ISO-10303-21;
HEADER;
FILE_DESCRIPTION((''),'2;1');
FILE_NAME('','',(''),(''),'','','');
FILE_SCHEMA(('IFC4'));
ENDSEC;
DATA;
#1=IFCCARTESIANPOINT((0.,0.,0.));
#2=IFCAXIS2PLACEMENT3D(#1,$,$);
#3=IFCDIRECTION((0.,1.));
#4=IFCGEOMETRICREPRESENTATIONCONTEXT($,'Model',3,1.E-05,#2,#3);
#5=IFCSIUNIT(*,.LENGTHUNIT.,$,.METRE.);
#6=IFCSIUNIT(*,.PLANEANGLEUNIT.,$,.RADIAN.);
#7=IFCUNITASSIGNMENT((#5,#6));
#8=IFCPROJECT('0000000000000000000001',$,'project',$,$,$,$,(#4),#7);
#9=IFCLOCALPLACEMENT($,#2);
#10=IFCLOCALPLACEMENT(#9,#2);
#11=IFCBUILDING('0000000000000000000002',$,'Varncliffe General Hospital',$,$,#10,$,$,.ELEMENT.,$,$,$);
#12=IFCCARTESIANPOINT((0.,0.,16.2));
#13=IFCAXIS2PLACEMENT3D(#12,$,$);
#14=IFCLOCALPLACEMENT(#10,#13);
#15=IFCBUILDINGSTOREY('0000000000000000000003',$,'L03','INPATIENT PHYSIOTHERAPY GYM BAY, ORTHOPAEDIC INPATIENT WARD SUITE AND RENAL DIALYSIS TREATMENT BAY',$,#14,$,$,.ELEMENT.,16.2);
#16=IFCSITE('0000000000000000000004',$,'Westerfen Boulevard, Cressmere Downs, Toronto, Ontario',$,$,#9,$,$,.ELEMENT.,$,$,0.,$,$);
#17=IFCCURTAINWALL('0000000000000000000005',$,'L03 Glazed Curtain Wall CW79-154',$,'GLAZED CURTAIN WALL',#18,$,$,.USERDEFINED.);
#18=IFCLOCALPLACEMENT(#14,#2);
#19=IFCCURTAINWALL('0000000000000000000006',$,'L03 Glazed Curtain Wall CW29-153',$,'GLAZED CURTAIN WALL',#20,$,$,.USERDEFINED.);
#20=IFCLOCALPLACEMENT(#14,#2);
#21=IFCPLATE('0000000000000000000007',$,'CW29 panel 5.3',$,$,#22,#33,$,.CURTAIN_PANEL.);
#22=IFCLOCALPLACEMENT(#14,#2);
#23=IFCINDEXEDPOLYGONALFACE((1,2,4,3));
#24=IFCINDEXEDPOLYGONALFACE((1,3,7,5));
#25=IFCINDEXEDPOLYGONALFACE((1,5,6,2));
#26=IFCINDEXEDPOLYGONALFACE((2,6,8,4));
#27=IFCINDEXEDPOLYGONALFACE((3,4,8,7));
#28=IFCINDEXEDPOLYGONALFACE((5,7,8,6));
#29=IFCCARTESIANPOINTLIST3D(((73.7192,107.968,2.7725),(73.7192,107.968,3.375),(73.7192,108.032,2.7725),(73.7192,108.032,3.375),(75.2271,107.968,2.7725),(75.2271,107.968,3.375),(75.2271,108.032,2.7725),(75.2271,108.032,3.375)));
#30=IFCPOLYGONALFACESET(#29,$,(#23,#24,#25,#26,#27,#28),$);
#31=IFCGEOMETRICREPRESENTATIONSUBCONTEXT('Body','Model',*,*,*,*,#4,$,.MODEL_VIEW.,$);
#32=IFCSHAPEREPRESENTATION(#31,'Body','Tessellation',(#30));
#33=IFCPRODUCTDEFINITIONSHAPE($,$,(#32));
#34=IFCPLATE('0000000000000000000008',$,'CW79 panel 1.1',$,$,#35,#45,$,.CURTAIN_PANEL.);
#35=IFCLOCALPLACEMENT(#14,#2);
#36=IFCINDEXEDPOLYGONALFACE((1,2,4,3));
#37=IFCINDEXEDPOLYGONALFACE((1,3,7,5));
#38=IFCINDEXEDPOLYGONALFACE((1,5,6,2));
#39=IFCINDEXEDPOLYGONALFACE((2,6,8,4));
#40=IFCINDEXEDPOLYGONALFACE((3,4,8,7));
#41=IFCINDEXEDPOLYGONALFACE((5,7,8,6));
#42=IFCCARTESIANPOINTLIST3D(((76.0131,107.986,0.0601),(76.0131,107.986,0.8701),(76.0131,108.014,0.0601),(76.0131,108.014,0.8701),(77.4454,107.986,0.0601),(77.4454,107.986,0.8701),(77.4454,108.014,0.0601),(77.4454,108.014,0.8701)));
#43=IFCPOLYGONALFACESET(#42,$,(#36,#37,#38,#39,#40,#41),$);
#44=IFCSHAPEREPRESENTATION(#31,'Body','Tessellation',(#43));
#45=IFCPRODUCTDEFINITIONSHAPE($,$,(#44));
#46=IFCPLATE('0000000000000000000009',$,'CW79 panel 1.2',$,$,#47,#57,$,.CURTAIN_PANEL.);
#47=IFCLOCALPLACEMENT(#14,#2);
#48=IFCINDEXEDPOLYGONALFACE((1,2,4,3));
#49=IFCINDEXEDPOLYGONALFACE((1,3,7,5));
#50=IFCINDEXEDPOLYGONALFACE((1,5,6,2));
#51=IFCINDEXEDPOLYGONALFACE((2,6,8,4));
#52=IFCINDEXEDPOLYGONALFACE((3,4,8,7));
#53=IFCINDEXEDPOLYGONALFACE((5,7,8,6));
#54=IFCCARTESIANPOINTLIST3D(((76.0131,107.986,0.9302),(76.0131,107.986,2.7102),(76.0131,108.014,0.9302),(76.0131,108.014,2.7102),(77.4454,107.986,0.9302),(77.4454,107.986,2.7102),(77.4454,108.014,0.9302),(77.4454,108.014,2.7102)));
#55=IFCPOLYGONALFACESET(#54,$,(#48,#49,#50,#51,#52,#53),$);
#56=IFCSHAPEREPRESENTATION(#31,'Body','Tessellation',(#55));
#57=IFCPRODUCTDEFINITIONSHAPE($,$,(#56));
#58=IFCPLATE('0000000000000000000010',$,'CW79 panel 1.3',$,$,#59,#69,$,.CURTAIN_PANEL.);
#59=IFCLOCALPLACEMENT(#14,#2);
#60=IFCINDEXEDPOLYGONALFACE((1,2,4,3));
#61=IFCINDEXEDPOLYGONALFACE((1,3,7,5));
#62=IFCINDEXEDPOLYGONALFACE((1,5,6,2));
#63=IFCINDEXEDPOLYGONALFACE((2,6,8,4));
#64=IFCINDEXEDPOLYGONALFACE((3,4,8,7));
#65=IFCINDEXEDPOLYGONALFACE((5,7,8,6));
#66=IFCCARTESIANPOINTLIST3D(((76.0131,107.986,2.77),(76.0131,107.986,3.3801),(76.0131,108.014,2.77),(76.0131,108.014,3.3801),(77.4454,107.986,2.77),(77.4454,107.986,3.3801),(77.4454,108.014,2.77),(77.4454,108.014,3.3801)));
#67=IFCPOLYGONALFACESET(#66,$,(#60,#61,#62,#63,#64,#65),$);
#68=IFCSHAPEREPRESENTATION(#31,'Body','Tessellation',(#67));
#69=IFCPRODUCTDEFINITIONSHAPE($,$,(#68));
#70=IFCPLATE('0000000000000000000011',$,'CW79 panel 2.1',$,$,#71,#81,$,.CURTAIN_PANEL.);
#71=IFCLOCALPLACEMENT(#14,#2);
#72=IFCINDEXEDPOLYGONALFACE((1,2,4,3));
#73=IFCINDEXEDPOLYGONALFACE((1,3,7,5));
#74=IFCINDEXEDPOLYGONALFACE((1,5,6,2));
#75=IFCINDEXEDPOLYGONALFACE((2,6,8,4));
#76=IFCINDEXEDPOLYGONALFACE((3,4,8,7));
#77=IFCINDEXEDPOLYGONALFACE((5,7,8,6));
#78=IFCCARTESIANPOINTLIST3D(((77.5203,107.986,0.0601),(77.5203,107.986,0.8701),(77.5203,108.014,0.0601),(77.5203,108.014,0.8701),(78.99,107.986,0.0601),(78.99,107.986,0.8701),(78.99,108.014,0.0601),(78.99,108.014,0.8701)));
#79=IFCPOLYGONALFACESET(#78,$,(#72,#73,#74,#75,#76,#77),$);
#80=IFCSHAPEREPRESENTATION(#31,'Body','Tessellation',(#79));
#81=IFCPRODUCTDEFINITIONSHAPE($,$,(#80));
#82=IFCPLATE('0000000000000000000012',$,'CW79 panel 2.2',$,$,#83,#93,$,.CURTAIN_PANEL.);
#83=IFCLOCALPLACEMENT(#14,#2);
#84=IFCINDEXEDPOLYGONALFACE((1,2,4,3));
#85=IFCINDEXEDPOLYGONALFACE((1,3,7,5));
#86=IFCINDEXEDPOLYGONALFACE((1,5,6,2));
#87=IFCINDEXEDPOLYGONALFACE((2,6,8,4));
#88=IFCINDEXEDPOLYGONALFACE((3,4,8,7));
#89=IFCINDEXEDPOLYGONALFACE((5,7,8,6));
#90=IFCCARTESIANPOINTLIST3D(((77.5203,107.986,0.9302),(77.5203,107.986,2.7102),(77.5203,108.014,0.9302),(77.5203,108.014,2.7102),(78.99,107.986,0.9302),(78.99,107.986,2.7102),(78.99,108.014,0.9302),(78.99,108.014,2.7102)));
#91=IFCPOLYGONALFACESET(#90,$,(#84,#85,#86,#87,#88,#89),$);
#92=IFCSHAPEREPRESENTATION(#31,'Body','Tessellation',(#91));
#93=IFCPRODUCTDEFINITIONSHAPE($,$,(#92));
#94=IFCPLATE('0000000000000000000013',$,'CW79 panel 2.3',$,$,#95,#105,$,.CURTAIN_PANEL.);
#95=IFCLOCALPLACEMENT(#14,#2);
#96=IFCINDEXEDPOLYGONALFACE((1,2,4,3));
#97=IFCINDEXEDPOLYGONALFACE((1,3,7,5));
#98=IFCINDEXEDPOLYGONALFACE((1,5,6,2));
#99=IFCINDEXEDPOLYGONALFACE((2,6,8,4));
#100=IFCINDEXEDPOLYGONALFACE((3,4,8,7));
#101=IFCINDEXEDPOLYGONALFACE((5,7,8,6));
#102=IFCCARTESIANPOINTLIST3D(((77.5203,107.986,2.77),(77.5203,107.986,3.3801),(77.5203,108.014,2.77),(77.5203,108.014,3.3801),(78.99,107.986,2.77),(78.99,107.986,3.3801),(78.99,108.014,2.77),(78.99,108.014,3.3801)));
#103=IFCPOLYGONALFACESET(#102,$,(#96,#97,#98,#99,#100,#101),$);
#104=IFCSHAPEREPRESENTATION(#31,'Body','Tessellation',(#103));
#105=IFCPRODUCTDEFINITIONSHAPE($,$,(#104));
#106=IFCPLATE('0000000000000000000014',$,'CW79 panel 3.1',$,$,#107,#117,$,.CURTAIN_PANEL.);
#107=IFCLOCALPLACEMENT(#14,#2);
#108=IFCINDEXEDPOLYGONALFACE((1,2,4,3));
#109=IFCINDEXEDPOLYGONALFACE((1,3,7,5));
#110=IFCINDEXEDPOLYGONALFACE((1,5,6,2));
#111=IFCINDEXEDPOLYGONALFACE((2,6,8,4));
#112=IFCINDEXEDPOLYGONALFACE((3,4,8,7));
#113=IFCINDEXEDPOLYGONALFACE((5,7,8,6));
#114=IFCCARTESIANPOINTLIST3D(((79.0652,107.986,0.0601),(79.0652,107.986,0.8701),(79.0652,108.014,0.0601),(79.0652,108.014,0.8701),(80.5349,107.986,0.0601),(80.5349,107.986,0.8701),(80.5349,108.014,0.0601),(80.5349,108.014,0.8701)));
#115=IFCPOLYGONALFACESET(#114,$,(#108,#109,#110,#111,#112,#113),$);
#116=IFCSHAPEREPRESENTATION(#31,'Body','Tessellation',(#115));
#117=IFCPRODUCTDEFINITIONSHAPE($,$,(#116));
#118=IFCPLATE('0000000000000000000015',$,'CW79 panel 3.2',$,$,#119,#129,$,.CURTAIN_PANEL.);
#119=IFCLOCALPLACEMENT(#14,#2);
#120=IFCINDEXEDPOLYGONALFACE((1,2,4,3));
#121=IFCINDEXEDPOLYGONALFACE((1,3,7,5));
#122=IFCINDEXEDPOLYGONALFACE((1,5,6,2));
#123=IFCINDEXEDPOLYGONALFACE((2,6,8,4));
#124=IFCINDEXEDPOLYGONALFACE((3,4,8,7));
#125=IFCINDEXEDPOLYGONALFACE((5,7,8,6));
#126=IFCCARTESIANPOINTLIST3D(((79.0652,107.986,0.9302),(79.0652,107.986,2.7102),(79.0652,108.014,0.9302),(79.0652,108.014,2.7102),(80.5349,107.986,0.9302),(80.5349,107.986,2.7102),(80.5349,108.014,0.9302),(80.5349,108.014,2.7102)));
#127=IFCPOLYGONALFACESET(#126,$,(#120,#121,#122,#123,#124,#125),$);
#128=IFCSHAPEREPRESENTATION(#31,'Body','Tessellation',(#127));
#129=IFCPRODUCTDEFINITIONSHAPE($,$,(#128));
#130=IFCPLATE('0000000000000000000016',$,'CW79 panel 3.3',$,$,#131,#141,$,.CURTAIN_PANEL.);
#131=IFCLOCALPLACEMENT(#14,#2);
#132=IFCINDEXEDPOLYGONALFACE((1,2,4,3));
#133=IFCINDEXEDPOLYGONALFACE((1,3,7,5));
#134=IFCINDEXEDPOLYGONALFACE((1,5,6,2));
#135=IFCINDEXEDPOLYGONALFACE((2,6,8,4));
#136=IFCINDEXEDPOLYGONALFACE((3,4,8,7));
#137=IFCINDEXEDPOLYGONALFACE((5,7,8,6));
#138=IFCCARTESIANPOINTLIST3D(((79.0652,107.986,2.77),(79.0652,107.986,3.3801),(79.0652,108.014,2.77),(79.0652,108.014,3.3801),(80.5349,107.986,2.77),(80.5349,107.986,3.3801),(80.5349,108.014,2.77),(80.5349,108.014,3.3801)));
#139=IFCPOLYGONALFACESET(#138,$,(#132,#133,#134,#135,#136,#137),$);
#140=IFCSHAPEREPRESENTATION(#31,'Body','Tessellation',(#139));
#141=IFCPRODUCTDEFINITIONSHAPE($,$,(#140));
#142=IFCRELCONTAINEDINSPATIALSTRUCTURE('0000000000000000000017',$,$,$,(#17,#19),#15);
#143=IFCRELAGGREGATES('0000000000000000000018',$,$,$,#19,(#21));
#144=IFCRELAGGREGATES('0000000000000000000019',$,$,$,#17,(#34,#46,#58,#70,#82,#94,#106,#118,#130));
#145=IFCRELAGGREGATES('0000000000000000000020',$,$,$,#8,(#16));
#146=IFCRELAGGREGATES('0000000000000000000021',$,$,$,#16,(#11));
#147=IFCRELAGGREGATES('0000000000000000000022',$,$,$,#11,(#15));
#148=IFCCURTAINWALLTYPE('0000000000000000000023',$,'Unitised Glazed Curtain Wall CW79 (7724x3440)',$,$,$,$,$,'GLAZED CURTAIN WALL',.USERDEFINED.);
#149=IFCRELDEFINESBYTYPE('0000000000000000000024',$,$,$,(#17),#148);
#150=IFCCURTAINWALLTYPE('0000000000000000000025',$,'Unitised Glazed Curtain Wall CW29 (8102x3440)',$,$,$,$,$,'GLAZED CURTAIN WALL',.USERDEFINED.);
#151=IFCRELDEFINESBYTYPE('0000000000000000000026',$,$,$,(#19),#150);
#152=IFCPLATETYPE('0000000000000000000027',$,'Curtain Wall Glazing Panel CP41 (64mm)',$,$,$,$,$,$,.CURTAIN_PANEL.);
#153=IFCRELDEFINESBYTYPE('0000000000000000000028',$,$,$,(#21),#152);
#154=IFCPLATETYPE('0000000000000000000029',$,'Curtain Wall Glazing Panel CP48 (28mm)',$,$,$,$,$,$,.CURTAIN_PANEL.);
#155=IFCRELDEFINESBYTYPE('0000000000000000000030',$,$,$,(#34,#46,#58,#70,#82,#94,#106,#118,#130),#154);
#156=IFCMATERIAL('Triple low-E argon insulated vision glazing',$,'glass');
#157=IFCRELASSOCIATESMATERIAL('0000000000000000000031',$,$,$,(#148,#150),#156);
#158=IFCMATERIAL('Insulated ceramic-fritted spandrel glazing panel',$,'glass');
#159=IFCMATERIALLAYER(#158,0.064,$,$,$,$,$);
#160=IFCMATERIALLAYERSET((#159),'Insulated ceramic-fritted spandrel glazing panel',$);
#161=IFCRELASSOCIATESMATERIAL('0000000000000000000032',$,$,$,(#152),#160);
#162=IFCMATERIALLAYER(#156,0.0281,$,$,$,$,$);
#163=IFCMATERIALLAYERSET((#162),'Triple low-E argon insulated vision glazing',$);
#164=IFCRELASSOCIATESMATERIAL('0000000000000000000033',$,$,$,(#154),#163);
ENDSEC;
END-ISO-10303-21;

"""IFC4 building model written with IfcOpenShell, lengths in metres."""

from ifc_helpers import new_model, si_unit, direction, frame, origin, origin_2d, place, context, subcontext, project, spatial, rectangle, extrude, material, layer, layer_set, type_object, element, aggregate, save


model = new_model("IFC4")

# Units and contexts
model_context = context("Model", 3, precision=1e-05, world=origin(), true_north=direction((0.0, 1.0)))
body_context = subcontext(model_context, "Body", "Model", "MODEL_VIEW")
ifc_project = project(units=[si_unit("LENGTHUNIT", "METRE"), si_unit("PLANEANGLEUNIT", "RADIAN")], contexts=[model_context])

# Site, building, storey
site_placement = place(None, origin())
site = spatial("IfcSite", under=ifc_project, at=site_placement, Name="Westerfen Boulevard, Cressmere Downs, Toronto, Ontario", CompositionType="ELEMENT", RefElevation=0.0)
building_placement = place(site_placement, origin())
building = spatial("IfcBuilding", under=site, at=building_placement, Name="Varncliffe General Hospital", CompositionType="ELEMENT")
storey_placement = place(building_placement, frame((0.0, 0.0, 16.2)))
storey = spatial("IfcBuildingStorey", under=building, at=storey_placement, Name="L03", Description="INPATIENT PHYSIOTHERAPY GYM BAY, ORTHOPAEDIC INPATIENT WARD SUITE AND RENAL DIALYSIS TREATMENT BAY", CompositionType="ELEMENT", Elevation=16.2)

# Curtain walls
ifc_material_1 = material(Name="Triple low-E argon insulated vision glazing", Category="glass")
curtain_wall_type_1 = type_object("IfcCurtainWallType", Name="Unitised Glazed Curtain Wall CW79 (7724x3440)", ElementType="GLAZED CURTAIN WALL", PredefinedType="USERDEFINED", material=ifc_material_1)
curtain_wall_1_placement = place(storey_placement, origin())
curtain_wall_1 = element("IfcCurtainWall", 1, at=curtain_wall_1_placement, inside=storey, type_object=curtain_wall_type_1, Name="L03 Glazed Curtain Wall CW79-154", ObjectType="GLAZED CURTAIN WALL", PredefinedType="USERDEFINED")
curtain_wall_type_2 = type_object("IfcCurtainWallType", Name="Unitised Glazed Curtain Wall CW29 (8102x3440)", ElementType="GLAZED CURTAIN WALL", PredefinedType="USERDEFINED", material=ifc_material_1)
curtain_wall_2_placement = place(storey_placement, origin())
curtain_wall_2 = element("IfcCurtainWall", 2, at=curtain_wall_2_placement, inside=storey, type_object=curtain_wall_type_2, Name="L03 Glazed Curtain Wall CW29-153", ObjectType="GLAZED CURTAIN WALL", PredefinedType="USERDEFINED")

# Plates
ifc_material_2 = material(Name="Insulated ceramic-fritted spandrel glazing panel", Category="glass")
ifc_layer_1 = layer(ifc_material_2, 0.064)
ifc_layer_set_1 = layer_set([ifc_layer_1], Name="Insulated ceramic-fritted spandrel glazing panel")
plate_type_1 = type_object("IfcPlateType", Name="Curtain Wall Glazing Panel CP41 (64mm)", PredefinedType="CURTAIN_PANEL", material=ifc_layer_set_1)
plate_1_placement = place(storey_placement, frame((74.4731, 108.0, 2.7725), z_axis=(0.0, 0.0, 1.0), x_axis=(1.0, 0.0, 0.0)))
plate_1 = element("IfcPlate", 3, at=plate_1_placement, type_object=plate_type_1, Name="CW29 panel 5.3", PredefinedType="CURTAIN_PANEL", context=body_context, shape_type="SweptSolid", body=[
    extrude(rectangle(XDim=1.5078, YDim=0.064, at=origin_2d()), origin(), (0.0, 0.0, 1.0), 0.6025),
])
aggregate(curtain_wall_2, [plate_1])
ifc_layer_2 = layer(ifc_material_1, 0.0281)
ifc_layer_set_2 = layer_set([ifc_layer_2], Name="Triple low-E argon insulated vision glazing")
plate_type_2 = type_object("IfcPlateType", Name="Curtain Wall Glazing Panel CP48 (28mm)", PredefinedType="CURTAIN_PANEL", material=ifc_layer_set_2)
plate_2_placement = place(storey_placement, frame((76.7292, 108.0, 0.0601), z_axis=(0.0, 0.0, 1.0), x_axis=(1.0, 0.0, 0.0)))
plate_2 = element("IfcPlate", 4, at=plate_2_placement, type_object=plate_type_2, Name="CW79 panel 1.1", PredefinedType="CURTAIN_PANEL", context=body_context, shape_type="SweptSolid", body=[
    extrude(rectangle(XDim=1.4324, YDim=0.0281, at=origin_2d()), origin(), (0.0, 0.0, 1.0), 0.8101),
])
plate_3_placement = place(storey_placement, frame((76.7292, 108.0, 0.9302), z_axis=(0.0, 0.0, 1.0), x_axis=(1.0, 0.0, 0.0)))
plate_3 = element("IfcPlate", 5, at=plate_3_placement, type_object=plate_type_2, Name="CW79 panel 1.2", PredefinedType="CURTAIN_PANEL", context=body_context, shape_type="SweptSolid", body=[
    extrude(rectangle(XDim=1.4324, YDim=0.0281, at=origin_2d()), origin(), (0.0, 0.0, 1.0), 1.78),
])
plate_4_placement = place(storey_placement, frame((76.7292, 108.0, 2.77), z_axis=(0.0, 0.0, 1.0), x_axis=(1.0, 0.0, 0.0)))
plate_4 = element("IfcPlate", 6, at=plate_4_placement, type_object=plate_type_2, Name="CW79 panel 1.3", PredefinedType="CURTAIN_PANEL", context=body_context, shape_type="SweptSolid", body=[
    extrude(rectangle(XDim=1.4324, YDim=0.0281, at=origin_2d()), origin(), (0.0, 0.0, 1.0), 0.6101),
])
plate_5_placement = place(storey_placement, frame((78.2551, 108.0, 0.0601), z_axis=(0.0, 0.0, 1.0), x_axis=(1.0, 0.0, 0.0)))
plate_5 = element("IfcPlate", 7, at=plate_5_placement, type_object=plate_type_2, Name="CW79 panel 2.1", PredefinedType="CURTAIN_PANEL", context=body_context, shape_type="SweptSolid", body=[
    extrude(rectangle(XDim=1.4697, YDim=0.0281, at=origin_2d()), origin(), (0.0, 0.0, 1.0), 0.8101),
])
plate_6_placement = place(storey_placement, frame((78.2551, 108.0, 0.9302), z_axis=(0.0, 0.0, 1.0), x_axis=(1.0, 0.0, 0.0)))
plate_6 = element("IfcPlate", 8, at=plate_6_placement, type_object=plate_type_2, Name="CW79 panel 2.2", PredefinedType="CURTAIN_PANEL", context=body_context, shape_type="SweptSolid", body=[
    extrude(rectangle(XDim=1.4697, YDim=0.0281, at=origin_2d()), origin(), (0.0, 0.0, 1.0), 1.78),
])
plate_7_placement = place(storey_placement, frame((78.2551, 108.0, 2.77), z_axis=(0.0, 0.0, 1.0), x_axis=(1.0, 0.0, 0.0)))
plate_7 = element("IfcPlate", 9, at=plate_7_placement, type_object=plate_type_2, Name="CW79 panel 2.3", PredefinedType="CURTAIN_PANEL", context=body_context, shape_type="SweptSolid", body=[
    extrude(rectangle(XDim=1.4697, YDim=0.0281, at=origin_2d()), origin(), (0.0, 0.0, 1.0), 0.6101),
])
plate_8_placement = place(storey_placement, frame((79.8, 108.0, 0.0601), z_axis=(0.0, 0.0, 1.0), x_axis=(1.0, 0.0, 0.0)))
plate_8 = element("IfcPlate", 10, at=plate_8_placement, type_object=plate_type_2, Name="CW79 panel 3.1", PredefinedType="CURTAIN_PANEL", context=body_context, shape_type="SweptSolid", body=[
    extrude(rectangle(XDim=1.4697, YDim=0.0281, at=origin_2d()), origin(), (0.0, 0.0, 1.0), 0.8101),
])
plate_9_placement = place(storey_placement, frame((79.8, 108.0, 0.9302), z_axis=(0.0, 0.0, 1.0), x_axis=(1.0, 0.0, 0.0)))
plate_9 = element("IfcPlate", 11, at=plate_9_placement, type_object=plate_type_2, Name="CW79 panel 3.2", PredefinedType="CURTAIN_PANEL", context=body_context, shape_type="SweptSolid", body=[
    extrude(rectangle(XDim=1.4697, YDim=0.0281, at=origin_2d()), origin(), (0.0, 0.0, 1.0), 1.78),
])
plate_10_placement = place(storey_placement, frame((79.8, 108.0, 2.77), z_axis=(0.0, 0.0, 1.0), x_axis=(1.0, 0.0, 0.0)))
plate_10 = element("IfcPlate", 12, at=plate_10_placement, type_object=plate_type_2, Name="CW79 panel 3.3", PredefinedType="CURTAIN_PANEL", context=body_context, shape_type="SweptSolid", body=[
    extrude(rectangle(XDim=1.4697, YDim=0.0281, at=origin_2d()), origin(), (0.0, 0.0, 1.0), 0.6101),
])
aggregate(curtain_wall_1, [plate_2, plate_3, plate_4, plate_5, plate_6, plate_7, plate_8, plate_9, plate_10])

save(model, "model.ifc")
